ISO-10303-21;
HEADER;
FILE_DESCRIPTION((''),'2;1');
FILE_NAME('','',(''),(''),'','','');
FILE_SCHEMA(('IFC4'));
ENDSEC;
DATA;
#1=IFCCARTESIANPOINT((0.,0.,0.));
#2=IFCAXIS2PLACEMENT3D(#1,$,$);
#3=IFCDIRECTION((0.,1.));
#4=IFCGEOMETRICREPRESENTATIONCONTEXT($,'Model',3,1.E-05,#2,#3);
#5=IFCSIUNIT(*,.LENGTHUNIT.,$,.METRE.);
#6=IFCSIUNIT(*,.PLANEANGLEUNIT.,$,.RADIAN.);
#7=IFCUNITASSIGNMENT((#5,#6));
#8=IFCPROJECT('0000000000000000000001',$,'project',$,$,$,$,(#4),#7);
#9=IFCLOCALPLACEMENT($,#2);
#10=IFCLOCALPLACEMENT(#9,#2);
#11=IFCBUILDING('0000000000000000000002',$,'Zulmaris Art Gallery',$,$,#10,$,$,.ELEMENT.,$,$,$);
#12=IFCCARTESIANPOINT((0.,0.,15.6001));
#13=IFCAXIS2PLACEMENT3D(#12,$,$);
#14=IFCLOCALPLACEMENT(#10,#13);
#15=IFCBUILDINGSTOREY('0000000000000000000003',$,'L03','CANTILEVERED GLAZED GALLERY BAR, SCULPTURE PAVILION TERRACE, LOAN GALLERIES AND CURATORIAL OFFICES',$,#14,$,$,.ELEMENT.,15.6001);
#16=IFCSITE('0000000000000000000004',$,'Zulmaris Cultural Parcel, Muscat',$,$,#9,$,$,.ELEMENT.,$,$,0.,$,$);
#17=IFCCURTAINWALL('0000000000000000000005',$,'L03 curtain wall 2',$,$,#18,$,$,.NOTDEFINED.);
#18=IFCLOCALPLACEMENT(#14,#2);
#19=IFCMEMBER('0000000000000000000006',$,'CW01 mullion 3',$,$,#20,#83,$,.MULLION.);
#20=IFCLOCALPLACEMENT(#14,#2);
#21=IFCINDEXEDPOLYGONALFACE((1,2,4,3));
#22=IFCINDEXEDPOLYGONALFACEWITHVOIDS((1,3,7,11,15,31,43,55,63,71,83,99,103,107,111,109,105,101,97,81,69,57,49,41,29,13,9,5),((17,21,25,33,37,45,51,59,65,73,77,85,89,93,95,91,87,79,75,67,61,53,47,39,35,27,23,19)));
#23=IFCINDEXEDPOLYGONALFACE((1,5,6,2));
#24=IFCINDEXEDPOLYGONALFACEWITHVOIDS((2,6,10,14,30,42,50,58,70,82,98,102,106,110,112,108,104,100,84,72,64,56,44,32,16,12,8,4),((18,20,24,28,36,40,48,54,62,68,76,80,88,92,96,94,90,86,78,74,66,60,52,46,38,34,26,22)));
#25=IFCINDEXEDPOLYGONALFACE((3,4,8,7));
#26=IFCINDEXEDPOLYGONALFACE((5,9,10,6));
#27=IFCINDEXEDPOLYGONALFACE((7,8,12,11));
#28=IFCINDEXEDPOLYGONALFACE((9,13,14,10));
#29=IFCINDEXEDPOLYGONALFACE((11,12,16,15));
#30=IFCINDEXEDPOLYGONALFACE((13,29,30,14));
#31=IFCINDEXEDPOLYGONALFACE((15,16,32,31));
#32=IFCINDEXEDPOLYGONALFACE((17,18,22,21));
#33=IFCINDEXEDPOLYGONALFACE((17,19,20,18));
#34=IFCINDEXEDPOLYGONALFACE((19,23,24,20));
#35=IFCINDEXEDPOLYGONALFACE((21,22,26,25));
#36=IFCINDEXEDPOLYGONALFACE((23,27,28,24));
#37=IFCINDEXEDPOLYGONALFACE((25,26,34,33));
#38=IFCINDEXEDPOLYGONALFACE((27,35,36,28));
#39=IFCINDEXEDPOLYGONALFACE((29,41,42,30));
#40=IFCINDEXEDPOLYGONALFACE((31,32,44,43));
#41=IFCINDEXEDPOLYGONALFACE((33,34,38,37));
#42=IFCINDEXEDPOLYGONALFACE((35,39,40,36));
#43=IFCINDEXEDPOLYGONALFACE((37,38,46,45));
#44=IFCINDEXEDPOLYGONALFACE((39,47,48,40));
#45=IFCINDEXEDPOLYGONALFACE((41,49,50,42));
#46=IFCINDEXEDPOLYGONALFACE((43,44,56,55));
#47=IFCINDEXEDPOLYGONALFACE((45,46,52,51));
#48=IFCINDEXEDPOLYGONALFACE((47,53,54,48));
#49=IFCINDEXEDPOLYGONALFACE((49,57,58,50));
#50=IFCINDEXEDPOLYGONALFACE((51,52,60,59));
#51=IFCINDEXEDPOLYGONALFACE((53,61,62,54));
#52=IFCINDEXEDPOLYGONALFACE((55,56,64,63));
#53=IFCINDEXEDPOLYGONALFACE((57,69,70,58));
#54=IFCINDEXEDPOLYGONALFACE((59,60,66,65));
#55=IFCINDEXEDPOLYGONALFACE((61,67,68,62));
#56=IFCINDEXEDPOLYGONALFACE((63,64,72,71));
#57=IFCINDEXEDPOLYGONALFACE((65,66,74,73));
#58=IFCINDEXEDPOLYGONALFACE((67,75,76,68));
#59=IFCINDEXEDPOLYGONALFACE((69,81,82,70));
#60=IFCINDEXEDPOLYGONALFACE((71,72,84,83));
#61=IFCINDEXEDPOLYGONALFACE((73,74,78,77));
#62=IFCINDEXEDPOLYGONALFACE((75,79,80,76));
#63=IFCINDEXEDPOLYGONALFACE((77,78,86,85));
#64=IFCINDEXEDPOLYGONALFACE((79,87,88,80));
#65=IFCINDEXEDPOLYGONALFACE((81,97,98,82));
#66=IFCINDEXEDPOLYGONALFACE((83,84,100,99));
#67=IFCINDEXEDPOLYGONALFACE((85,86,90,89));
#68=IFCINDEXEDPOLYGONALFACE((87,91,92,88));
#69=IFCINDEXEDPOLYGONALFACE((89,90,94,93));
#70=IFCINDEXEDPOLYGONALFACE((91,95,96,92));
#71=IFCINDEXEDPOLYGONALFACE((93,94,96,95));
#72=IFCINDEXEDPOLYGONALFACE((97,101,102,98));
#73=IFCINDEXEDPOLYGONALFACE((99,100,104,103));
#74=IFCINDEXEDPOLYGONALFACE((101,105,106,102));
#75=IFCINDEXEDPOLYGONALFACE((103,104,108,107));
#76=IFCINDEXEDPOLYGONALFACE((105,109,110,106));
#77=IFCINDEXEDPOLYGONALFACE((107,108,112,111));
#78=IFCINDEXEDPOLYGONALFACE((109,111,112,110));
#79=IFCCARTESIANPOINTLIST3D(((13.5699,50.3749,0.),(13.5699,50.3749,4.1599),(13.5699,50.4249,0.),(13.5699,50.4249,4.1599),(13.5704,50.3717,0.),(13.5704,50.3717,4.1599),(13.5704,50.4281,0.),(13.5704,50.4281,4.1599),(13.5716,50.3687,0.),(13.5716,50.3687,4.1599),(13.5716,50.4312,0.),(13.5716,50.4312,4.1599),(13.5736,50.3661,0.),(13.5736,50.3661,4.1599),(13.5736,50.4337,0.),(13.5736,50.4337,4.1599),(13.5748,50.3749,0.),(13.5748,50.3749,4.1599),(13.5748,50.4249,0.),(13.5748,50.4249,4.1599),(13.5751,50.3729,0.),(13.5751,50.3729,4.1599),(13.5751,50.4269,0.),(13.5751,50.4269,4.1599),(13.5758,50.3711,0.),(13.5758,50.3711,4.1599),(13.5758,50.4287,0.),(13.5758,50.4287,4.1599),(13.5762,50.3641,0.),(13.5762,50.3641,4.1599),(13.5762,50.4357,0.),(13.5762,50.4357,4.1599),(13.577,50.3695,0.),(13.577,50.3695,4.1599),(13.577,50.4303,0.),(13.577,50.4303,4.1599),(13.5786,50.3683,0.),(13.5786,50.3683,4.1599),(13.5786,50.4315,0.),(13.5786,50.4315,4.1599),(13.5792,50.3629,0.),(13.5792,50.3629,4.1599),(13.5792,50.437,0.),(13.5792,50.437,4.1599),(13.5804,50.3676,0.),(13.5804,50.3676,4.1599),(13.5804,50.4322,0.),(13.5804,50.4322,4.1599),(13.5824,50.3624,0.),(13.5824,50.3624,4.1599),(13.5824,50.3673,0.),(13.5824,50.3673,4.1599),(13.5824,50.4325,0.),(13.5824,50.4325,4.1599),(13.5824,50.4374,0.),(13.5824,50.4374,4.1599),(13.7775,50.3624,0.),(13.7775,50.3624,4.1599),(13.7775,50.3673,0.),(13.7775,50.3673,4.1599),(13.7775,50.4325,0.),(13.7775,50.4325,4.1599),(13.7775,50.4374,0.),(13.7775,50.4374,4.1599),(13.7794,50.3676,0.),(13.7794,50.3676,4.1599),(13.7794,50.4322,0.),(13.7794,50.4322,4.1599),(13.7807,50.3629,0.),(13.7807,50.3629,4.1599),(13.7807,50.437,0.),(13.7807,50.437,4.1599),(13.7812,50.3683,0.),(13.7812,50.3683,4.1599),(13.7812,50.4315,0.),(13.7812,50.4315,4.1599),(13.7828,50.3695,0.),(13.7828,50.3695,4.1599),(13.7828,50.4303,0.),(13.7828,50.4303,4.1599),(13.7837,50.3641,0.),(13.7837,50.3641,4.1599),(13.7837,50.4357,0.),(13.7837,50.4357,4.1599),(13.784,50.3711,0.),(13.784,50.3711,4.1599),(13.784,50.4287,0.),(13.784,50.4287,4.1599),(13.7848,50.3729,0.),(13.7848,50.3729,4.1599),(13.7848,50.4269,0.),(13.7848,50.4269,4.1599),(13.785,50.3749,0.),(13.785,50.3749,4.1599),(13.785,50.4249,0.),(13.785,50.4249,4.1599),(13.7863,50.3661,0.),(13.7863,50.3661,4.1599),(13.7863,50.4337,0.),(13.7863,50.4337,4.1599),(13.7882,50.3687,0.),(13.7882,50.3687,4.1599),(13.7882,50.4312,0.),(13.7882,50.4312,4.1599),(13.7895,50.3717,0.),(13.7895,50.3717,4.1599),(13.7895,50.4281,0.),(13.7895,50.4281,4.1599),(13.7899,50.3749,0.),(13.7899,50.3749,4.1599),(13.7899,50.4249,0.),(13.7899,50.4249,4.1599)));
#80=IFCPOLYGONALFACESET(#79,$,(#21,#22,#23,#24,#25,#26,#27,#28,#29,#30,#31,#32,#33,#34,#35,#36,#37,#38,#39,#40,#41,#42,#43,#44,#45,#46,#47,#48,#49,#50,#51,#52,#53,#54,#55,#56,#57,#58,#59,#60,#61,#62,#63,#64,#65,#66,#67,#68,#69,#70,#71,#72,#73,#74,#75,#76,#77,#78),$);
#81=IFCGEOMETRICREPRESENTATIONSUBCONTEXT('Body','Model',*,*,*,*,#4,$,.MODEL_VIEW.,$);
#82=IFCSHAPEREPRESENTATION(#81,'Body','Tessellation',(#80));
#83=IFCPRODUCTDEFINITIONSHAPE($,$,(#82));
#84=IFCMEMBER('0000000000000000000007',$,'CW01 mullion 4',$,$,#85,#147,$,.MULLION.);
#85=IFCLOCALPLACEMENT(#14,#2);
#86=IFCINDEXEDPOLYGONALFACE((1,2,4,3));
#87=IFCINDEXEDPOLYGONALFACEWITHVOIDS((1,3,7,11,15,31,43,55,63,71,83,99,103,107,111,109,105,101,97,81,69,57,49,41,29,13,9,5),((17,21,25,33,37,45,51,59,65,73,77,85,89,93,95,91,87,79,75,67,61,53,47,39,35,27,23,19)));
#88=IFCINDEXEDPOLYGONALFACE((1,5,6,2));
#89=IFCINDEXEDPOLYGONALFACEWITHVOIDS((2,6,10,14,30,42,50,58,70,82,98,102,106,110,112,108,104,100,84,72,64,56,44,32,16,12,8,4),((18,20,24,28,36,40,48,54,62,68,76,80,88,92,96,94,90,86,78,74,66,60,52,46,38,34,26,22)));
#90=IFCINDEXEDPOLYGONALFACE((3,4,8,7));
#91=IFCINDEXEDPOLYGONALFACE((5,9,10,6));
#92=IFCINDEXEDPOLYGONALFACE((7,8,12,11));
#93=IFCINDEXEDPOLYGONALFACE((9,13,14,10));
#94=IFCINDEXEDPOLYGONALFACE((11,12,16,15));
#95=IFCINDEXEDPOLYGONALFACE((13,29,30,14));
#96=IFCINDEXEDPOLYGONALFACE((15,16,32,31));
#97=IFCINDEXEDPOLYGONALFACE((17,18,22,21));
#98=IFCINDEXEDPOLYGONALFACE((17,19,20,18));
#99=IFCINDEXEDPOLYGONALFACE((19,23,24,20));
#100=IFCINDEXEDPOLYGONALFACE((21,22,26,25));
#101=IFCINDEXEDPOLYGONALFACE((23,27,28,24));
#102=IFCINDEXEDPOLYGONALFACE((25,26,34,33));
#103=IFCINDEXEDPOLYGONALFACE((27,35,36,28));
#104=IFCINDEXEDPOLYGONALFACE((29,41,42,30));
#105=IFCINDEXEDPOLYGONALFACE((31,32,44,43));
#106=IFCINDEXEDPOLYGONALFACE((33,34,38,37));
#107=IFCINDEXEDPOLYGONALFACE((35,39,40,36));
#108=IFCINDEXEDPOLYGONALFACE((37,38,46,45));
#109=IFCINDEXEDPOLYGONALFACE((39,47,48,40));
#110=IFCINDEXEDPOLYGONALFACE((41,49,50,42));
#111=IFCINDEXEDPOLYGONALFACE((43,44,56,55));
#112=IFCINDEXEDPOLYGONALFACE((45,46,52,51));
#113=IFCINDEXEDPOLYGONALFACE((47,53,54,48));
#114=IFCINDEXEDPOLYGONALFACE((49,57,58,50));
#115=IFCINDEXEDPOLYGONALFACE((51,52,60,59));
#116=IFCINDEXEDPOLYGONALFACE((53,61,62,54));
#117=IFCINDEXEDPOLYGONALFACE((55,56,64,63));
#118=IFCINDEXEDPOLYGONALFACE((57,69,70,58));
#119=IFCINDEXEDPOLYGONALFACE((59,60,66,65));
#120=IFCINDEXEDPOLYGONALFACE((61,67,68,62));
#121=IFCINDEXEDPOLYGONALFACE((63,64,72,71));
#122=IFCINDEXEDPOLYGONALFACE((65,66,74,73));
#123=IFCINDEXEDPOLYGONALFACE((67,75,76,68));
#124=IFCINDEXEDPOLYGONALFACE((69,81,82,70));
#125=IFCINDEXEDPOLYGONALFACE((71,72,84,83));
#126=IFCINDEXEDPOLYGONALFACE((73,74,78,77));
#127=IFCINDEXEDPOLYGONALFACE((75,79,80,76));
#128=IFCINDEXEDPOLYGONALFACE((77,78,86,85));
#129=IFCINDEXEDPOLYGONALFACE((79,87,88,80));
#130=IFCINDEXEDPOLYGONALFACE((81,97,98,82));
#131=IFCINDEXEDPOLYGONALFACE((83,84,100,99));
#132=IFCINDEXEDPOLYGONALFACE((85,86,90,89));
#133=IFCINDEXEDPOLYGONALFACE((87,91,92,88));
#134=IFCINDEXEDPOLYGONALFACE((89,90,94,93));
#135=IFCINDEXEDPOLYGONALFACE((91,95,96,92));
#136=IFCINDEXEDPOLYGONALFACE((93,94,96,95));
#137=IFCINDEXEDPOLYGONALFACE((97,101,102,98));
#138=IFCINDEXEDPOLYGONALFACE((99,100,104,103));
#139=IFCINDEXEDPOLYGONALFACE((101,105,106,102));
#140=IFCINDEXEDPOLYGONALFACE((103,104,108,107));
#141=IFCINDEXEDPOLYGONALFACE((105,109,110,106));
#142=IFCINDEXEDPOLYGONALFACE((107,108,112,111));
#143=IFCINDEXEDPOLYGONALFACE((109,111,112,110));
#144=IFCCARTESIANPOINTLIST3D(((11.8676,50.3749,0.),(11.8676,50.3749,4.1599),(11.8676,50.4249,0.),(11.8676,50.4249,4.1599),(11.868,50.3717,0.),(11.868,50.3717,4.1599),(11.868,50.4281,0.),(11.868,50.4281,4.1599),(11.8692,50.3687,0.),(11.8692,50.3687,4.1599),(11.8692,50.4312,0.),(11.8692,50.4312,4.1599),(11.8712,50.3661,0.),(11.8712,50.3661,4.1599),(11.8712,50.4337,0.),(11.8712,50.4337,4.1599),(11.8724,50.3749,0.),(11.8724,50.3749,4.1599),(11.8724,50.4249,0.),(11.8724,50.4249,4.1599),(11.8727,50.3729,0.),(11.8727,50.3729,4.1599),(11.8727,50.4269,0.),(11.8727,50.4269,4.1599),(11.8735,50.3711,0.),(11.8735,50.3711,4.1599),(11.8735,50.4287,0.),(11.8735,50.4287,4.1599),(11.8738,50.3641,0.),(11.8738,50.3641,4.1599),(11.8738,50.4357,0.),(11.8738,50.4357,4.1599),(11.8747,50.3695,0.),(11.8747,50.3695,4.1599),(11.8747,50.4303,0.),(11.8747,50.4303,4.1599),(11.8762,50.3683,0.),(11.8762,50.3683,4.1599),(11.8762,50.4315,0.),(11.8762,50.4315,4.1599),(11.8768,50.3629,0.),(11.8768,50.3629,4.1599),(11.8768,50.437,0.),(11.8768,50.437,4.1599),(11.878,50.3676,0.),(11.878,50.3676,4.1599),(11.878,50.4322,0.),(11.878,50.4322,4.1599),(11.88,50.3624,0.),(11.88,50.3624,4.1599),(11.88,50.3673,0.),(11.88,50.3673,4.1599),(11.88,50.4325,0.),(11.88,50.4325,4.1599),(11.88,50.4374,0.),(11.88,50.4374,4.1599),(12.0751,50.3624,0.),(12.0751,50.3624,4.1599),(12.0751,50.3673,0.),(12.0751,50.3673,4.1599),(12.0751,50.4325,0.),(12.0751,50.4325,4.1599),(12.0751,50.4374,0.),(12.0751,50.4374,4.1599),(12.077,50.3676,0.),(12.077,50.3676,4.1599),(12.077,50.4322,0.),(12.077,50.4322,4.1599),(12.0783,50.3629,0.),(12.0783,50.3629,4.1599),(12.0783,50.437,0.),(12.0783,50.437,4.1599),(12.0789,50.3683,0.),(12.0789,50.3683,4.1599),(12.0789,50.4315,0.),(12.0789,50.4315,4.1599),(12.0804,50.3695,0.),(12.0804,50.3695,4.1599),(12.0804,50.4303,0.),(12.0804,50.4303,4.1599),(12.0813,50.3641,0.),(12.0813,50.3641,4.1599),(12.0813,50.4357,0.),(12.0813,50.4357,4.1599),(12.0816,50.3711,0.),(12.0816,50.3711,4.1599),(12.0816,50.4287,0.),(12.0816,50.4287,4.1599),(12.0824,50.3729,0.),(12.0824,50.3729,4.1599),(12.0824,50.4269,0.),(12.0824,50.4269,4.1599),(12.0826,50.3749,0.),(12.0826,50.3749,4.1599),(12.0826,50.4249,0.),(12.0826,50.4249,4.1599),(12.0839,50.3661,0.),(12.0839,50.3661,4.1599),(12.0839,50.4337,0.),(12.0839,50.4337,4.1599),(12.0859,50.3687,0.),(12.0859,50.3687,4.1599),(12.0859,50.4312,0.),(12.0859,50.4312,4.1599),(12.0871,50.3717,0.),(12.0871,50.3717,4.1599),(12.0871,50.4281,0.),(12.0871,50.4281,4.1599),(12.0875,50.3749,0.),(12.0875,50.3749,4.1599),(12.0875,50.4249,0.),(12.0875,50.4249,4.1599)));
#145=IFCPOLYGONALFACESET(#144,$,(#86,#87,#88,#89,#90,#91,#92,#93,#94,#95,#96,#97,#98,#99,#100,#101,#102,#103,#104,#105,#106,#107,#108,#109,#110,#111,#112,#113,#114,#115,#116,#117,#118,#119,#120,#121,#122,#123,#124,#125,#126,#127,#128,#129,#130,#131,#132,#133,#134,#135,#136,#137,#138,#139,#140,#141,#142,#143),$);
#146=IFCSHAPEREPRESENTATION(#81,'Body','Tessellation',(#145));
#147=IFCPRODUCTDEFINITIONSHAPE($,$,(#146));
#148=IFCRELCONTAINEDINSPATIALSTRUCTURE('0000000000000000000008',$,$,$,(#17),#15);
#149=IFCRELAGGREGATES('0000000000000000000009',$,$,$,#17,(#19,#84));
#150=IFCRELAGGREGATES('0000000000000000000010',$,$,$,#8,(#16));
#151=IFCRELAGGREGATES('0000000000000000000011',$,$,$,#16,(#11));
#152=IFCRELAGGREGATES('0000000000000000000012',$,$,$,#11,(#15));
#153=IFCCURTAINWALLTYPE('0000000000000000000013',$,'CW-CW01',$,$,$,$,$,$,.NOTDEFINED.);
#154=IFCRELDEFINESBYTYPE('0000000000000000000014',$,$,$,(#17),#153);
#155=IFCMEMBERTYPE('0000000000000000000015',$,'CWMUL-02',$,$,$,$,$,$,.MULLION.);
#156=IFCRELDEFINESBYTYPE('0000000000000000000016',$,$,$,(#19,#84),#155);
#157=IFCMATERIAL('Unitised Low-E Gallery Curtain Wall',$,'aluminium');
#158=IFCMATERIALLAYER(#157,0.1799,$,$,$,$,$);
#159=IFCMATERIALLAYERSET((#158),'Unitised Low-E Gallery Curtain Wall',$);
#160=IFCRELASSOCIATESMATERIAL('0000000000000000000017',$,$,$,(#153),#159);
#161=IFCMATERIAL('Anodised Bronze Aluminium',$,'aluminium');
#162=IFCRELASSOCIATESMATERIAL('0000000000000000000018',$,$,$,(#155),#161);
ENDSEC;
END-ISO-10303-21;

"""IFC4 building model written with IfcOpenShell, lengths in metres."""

from ifc_helpers import new_model, si_unit, direction, frame, origin, origin_2d, place, context, subcontext, project, spatial, hollow_rectangle, extrude, material, layer, layer_set, material_profile, profile_set, type_object, element, aggregate, save


model = new_model("IFC4")

# Units and contexts
model_context = context("Model", 3, precision=1e-05, world=origin(), true_north=direction((0.0, 1.0)))
body_context = subcontext(model_context, "Body", "Model", "MODEL_VIEW")
ifc_project = project(units=[si_unit("LENGTHUNIT", "METRE"), si_unit("PLANEANGLEUNIT", "RADIAN")], contexts=[model_context])

# Site, building, storey
site_placement = place(None, origin())
site = spatial("IfcSite", under=ifc_project, at=site_placement, Name="Zulmaris Cultural Parcel, Muscat", CompositionType="ELEMENT", RefElevation=0.0)
building_placement = place(site_placement, origin())
building = spatial("IfcBuilding", under=site, at=building_placement, Name="Zulmaris Art Gallery", CompositionType="ELEMENT")
storey_placement = place(building_placement, frame((0.0, 0.0, 15.6001)))
storey = spatial("IfcBuildingStorey", under=building, at=storey_placement, Name="L03", Description="CANTILEVERED GLAZED GALLERY BAR, SCULPTURE PAVILION TERRACE, LOAN GALLERIES AND CURATORIAL OFFICES", CompositionType="ELEMENT", Elevation=15.6001)

# Curtain wall, members
ifc_material_1 = material(Name="Unitised Low-E Gallery Curtain Wall", Category="aluminium")
ifc_layer_1 = layer(ifc_material_1, 0.1799)
ifc_layer_set_1 = layer_set([ifc_layer_1], Name="Unitised Low-E Gallery Curtain Wall")
curtain_wall_type = type_object("IfcCurtainWallType", Name="CW-CW01", PredefinedType="NOTDEFINED", material=ifc_layer_set_1)
curtain_wall_1_placement = place(storey_placement, origin())
curtain_wall_1 = element("IfcCurtainWall", 1, at=curtain_wall_1_placement, inside=storey, type_object=curtain_wall_type, Name="L03 curtain wall 2", PredefinedType="NOTDEFINED")
ifc_material_2 = material(Name="Anodised Bronze Aluminium", Category="aluminium")
ifc_material_profile_1 = material_profile(ifc_material_2, hollow_rectangle(XDim=0.075, YDim=0.22, WallThickness=0.0049, InnerFilletRadius=0.0076, OuterFilletRadius=0.0125, at=origin_2d()), Name="ALU 75x220x5")
ifc_profile_set_1 = profile_set([ifc_material_profile_1], Name="Anodised Bronze Aluminium")
member_type_1 = type_object("IfcMemberType", Name="CWMUL-02", PredefinedType="MULLION", material=ifc_profile_set_1)
member_1_placement = place(storey_placement, frame((13.6799, 50.3999, 0.0), z_axis=(0.0, 0.0, 1.0), x_axis=(0.0, -1.0, 0.0)))
member_1 = element("IfcMember", 2, at=member_1_placement, type_object=member_type_1, Name="CW01 mullion 3", PredefinedType="MULLION", context=body_context, shape_type="SweptSolid", body=[
    extrude(hollow_rectangle(XDim=0.075, YDim=0.22, WallThickness=0.0049, InnerFilletRadius=0.0076, OuterFilletRadius=0.0125, at=origin_2d()), origin(), (0.0, 0.0, 1.0), 4.1599),
])
member_2_placement = place(storey_placement, frame((11.9775, 50.3999, 0.0), z_axis=(0.0, 0.0, 1.0), x_axis=(0.0, -1.0, 0.0)))
member_2 = element("IfcMember", 3, at=member_2_placement, type_object=member_type_1, Name="CW01 mullion 4", PredefinedType="MULLION", context=body_context, shape_type="SweptSolid", body=[
    extrude(hollow_rectangle(XDim=0.075, YDim=0.22, WallThickness=0.0049, InnerFilletRadius=0.0076, OuterFilletRadius=0.0125, at=origin_2d()), origin(), (0.0, 0.0, 1.0), 4.1599),
])

aggregate(curtain_wall_1, [member_1, member_2])

save(model, "model.ifc")
